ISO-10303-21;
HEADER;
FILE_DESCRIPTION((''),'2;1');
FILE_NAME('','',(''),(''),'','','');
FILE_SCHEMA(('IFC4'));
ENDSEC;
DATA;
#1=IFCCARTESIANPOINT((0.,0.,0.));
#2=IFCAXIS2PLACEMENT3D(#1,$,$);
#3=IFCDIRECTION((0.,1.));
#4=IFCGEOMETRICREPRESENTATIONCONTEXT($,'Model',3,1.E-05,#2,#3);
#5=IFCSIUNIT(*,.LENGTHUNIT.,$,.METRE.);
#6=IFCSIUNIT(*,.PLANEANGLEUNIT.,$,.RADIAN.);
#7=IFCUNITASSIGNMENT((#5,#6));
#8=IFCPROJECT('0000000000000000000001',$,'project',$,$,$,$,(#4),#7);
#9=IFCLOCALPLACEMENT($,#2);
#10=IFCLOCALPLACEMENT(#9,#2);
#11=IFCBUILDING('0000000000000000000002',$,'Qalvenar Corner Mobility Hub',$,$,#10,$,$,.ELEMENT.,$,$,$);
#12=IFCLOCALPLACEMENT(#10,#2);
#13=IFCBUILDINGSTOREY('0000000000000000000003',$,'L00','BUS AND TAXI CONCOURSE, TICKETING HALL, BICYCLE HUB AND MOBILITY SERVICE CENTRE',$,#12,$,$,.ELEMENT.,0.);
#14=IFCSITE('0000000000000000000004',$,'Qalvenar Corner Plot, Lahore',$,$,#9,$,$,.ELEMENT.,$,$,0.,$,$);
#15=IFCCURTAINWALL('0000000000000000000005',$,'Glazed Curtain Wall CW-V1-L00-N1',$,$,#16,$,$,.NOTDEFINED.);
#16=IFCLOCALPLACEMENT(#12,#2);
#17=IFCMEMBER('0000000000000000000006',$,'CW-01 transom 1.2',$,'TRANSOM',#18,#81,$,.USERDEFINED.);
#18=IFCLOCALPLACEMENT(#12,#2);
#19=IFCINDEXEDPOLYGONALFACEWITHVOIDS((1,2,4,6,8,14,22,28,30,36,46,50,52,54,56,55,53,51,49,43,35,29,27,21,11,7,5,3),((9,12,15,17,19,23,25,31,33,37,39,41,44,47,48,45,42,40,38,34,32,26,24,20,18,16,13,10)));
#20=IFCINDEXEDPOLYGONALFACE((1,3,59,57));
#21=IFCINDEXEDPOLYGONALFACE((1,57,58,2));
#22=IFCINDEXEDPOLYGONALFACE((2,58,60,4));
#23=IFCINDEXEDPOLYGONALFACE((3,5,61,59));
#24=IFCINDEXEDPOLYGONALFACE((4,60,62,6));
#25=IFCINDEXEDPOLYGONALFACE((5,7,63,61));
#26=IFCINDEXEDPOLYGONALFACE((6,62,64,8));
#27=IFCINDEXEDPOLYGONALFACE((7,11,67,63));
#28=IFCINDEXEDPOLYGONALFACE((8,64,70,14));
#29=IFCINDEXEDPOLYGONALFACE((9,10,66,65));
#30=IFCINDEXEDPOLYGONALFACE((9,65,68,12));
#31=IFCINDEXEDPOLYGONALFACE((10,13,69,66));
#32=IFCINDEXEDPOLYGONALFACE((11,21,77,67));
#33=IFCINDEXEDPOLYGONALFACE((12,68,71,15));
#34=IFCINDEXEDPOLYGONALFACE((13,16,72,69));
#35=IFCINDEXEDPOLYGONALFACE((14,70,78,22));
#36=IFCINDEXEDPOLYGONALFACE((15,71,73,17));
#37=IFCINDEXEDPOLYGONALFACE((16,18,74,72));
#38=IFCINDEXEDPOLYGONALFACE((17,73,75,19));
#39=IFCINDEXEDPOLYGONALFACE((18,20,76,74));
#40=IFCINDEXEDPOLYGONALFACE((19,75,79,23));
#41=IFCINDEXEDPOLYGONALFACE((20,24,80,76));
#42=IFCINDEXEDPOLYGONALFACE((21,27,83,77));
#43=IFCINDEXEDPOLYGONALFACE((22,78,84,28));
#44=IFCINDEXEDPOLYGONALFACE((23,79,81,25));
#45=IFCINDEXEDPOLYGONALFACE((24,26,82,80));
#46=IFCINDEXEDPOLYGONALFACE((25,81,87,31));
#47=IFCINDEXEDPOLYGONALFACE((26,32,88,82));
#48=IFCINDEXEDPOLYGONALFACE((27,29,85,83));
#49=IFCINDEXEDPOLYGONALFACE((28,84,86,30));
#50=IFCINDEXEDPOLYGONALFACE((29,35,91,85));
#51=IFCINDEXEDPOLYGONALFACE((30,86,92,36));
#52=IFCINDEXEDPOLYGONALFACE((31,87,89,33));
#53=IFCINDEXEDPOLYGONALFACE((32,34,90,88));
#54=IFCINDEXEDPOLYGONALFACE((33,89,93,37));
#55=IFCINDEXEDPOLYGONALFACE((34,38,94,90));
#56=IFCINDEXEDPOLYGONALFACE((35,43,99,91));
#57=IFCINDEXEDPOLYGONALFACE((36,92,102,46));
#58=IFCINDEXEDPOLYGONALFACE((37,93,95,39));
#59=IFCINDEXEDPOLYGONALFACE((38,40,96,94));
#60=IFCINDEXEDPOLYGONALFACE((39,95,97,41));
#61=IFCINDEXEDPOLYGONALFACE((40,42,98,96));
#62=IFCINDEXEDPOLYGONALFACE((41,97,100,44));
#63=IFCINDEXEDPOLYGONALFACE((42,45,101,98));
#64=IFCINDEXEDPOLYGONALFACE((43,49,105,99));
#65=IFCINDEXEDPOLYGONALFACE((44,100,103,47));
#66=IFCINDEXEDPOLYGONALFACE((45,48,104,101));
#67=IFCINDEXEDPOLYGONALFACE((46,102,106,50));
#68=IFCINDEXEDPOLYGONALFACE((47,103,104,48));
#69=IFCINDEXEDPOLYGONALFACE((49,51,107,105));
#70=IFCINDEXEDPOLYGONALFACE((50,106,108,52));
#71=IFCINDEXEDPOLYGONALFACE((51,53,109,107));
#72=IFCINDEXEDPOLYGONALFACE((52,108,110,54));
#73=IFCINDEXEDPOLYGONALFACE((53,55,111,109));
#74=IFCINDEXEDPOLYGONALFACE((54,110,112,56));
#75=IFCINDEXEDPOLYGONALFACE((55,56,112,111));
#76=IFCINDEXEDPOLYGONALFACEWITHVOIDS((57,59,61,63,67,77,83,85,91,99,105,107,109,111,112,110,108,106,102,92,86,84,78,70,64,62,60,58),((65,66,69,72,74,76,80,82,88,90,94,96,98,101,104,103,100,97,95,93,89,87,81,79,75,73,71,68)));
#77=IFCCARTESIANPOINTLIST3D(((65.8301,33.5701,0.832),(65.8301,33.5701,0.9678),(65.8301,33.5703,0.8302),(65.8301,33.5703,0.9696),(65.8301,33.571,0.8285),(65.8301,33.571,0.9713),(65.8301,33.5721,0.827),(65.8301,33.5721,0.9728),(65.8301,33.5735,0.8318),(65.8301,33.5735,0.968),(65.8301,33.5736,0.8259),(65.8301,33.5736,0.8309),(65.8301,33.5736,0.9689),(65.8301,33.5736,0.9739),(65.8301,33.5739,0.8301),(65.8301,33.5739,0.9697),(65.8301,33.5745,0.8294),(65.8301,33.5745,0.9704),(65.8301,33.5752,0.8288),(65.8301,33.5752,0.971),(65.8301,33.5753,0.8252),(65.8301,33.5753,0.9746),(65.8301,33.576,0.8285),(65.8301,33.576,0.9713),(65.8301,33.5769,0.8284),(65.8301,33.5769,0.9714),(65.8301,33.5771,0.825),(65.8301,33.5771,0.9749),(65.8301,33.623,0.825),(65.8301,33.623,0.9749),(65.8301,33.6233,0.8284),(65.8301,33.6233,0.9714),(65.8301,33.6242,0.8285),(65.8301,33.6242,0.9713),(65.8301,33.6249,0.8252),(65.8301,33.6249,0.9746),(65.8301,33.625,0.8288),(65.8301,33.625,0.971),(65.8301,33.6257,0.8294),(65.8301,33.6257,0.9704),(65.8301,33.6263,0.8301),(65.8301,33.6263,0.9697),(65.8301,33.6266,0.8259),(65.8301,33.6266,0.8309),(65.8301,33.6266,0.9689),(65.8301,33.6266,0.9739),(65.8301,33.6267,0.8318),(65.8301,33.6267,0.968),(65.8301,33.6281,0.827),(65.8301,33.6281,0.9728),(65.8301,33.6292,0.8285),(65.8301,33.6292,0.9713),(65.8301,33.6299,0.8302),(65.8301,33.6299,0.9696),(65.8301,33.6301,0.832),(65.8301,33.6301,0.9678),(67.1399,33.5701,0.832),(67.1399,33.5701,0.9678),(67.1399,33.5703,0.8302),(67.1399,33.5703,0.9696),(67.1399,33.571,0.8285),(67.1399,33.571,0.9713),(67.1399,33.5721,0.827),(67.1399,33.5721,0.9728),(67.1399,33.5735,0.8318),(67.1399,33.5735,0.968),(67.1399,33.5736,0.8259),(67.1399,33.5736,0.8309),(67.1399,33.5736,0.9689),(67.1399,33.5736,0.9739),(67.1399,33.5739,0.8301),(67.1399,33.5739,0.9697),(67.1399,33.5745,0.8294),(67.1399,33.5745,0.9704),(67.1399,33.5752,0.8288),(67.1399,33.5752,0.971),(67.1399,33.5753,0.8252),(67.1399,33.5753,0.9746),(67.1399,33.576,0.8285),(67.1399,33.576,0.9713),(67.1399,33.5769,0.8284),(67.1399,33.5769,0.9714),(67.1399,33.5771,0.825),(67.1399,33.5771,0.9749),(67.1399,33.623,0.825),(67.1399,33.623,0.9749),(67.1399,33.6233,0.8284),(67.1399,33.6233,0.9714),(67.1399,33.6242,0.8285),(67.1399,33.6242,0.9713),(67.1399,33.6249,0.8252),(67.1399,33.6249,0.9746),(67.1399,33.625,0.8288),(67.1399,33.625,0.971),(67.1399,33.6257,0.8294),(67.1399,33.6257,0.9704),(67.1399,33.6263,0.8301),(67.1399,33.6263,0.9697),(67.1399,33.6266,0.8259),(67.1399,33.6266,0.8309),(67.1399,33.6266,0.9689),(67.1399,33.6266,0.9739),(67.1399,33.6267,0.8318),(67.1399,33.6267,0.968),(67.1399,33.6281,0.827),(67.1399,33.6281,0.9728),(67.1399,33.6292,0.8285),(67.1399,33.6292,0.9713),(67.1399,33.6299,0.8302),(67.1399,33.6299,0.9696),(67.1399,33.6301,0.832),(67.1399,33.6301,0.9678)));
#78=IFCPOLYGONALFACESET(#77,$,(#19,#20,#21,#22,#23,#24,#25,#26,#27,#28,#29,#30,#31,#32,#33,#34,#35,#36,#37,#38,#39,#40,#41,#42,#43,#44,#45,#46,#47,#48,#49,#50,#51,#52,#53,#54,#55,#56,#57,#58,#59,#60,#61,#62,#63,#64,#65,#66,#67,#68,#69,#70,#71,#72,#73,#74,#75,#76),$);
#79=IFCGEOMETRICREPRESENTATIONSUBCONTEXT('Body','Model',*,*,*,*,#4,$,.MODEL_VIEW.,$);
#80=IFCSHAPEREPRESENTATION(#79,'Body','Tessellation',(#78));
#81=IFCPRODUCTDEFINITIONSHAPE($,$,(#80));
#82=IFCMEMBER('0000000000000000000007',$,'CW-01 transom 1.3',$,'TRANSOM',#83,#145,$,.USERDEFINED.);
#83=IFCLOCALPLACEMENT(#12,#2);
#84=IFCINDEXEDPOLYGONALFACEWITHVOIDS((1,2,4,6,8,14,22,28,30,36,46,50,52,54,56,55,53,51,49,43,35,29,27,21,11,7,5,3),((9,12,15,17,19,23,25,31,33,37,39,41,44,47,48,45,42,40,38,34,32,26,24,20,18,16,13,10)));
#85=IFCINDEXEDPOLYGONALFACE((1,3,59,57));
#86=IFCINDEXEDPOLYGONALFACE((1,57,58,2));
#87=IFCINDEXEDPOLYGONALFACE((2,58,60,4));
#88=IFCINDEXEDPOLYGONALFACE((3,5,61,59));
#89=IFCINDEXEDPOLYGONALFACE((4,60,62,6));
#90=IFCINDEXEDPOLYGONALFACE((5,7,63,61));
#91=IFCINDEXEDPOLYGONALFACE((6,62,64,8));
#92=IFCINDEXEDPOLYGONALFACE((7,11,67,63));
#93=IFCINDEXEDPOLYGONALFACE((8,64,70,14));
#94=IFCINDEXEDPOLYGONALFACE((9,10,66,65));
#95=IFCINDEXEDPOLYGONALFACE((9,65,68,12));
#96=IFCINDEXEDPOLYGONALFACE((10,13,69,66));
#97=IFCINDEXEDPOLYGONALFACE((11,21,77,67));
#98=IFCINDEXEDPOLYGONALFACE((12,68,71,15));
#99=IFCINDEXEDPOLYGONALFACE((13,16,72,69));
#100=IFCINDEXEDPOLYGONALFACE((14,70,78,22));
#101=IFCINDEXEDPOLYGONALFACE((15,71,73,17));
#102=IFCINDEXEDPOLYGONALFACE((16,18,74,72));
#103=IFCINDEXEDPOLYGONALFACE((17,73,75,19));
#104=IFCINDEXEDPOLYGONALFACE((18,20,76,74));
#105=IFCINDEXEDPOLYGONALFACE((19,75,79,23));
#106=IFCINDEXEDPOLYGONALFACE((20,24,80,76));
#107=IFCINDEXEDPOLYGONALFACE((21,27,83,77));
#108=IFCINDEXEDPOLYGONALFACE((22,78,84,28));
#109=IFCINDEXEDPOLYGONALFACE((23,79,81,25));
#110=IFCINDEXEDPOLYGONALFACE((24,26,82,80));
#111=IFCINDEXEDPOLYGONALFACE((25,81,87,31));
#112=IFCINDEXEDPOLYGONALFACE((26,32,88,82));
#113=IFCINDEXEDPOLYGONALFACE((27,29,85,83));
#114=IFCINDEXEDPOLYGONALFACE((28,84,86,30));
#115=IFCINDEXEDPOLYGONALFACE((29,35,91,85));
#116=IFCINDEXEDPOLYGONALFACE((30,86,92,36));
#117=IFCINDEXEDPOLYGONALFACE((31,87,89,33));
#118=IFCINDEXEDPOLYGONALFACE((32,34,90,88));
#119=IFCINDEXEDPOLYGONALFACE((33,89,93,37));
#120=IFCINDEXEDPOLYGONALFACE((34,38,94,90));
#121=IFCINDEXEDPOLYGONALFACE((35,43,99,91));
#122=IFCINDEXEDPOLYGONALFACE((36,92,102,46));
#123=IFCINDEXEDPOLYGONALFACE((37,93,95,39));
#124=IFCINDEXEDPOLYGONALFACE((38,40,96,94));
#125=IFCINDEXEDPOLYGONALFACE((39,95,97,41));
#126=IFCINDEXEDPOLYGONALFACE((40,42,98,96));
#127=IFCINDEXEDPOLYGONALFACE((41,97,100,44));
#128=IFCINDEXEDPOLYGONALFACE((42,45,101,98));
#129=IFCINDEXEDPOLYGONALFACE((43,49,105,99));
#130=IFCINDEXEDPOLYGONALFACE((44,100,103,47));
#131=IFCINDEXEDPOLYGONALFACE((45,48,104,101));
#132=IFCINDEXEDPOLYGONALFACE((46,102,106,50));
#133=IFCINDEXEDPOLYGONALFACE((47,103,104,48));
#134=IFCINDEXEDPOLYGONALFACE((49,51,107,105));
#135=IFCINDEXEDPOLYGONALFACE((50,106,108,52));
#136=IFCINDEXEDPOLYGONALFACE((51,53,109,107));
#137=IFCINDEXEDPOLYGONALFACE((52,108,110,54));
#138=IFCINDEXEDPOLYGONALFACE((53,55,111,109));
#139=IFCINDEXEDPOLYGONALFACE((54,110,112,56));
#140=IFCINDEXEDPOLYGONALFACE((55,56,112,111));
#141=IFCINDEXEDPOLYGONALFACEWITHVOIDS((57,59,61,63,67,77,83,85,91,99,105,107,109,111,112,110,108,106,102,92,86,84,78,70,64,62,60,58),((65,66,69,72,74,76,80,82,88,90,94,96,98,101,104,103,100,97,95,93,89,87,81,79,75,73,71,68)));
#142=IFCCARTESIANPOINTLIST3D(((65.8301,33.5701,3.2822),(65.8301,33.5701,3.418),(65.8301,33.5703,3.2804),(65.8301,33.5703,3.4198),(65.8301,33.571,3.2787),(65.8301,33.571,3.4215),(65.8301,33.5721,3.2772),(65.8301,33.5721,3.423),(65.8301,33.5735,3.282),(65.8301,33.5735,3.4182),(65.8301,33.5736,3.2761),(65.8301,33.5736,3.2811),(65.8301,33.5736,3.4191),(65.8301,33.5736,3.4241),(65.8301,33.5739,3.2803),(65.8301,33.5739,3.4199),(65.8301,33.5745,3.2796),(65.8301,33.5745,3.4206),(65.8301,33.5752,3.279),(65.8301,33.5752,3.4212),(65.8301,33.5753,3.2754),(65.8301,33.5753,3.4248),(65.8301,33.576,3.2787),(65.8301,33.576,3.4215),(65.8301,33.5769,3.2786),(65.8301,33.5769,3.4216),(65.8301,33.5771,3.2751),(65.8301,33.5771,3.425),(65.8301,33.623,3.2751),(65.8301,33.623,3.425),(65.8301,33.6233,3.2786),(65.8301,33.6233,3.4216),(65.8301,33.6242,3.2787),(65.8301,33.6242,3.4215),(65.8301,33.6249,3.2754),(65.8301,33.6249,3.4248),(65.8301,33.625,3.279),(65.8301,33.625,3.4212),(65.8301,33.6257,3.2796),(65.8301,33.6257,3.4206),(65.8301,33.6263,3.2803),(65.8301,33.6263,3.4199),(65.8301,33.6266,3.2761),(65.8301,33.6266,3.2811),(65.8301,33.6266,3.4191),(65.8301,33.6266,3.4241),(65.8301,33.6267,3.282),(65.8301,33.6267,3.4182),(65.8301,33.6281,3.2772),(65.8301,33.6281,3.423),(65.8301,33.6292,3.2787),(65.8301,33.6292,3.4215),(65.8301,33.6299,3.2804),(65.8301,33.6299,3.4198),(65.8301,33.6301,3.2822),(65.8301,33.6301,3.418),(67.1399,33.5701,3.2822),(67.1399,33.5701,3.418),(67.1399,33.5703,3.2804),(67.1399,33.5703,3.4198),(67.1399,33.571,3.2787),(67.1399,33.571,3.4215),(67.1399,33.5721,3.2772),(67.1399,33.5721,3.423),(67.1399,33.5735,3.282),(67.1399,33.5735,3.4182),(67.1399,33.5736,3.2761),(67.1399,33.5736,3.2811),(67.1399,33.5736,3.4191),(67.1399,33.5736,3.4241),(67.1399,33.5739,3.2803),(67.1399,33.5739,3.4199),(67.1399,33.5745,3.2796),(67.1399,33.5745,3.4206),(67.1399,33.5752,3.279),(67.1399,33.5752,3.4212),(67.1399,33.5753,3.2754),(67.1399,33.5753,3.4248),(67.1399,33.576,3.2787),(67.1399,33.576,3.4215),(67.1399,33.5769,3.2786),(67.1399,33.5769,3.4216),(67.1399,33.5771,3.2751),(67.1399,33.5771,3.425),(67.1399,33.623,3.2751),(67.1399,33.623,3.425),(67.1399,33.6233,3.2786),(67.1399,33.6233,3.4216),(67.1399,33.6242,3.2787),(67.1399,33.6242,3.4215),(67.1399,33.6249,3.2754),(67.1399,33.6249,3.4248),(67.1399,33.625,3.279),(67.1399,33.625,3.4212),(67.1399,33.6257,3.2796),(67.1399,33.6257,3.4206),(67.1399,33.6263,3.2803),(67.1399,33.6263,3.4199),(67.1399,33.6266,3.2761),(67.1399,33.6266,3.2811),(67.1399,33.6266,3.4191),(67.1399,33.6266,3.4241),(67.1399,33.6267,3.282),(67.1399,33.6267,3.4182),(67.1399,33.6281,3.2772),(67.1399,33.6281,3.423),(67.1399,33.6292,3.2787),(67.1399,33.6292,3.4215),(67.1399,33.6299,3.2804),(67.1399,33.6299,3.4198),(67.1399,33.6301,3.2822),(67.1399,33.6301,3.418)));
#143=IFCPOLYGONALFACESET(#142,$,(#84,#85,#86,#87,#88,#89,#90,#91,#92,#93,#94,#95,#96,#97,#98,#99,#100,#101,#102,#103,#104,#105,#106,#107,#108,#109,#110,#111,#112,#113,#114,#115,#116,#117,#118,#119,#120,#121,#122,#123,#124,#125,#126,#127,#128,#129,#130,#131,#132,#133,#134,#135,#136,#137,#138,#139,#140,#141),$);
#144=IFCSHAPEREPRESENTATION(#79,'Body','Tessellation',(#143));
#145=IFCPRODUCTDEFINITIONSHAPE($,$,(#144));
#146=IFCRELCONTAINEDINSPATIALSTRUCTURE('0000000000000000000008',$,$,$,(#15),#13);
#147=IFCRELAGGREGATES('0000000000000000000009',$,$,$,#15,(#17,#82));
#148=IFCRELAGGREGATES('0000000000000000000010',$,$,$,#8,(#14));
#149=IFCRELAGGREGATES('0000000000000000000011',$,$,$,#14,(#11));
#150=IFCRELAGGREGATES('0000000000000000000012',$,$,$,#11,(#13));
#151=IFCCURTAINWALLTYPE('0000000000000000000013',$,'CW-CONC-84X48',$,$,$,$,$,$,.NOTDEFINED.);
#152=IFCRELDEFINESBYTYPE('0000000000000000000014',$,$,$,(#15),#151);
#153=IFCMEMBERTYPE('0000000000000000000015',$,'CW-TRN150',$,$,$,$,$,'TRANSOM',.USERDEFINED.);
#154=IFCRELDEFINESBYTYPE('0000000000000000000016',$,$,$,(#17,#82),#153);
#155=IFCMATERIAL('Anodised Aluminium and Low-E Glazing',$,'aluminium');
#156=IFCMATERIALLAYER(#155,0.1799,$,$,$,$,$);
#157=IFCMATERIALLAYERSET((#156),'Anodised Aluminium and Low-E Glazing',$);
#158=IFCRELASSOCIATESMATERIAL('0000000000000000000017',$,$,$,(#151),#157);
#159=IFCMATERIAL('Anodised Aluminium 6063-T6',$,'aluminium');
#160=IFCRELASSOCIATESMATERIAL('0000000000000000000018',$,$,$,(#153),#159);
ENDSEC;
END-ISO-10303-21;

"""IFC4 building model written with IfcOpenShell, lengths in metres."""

from ifc_helpers import new_model, si_unit, direction, frame, origin, origin_2d, place, context, subcontext, project, spatial, hollow_rectangle, extrude, material, layer, layer_set, material_profile, profile_set, type_object, element, aggregate, save


model = new_model("IFC4")

# Units and contexts
model_context = context("Model", 3, precision=1e-05, world=origin(), true_north=direction((0.0, 1.0)))
body_context = subcontext(model_context, "Body", "Model", "MODEL_VIEW")
ifc_project = project(units=[si_unit("LENGTHUNIT", "METRE"), si_unit("PLANEANGLEUNIT", "RADIAN")], contexts=[model_context])

# Site, building, storey
site_placement = place(None, origin())
site = spatial("IfcSite", under=ifc_project, at=site_placement, Name="Qalvenar Corner Plot, Lahore", CompositionType="ELEMENT", RefElevation=0.0)
building_placement = place(site_placement, origin())
building = spatial("IfcBuilding", under=site, at=building_placement, Name="Qalvenar Corner Mobility Hub", CompositionType="ELEMENT")
storey_placement = place(building_placement, origin())
storey = spatial("IfcBuildingStorey", under=building, at=storey_placement, Name="L00", Description="BUS AND TAXI CONCOURSE, TICKETING HALL, BICYCLE HUB AND MOBILITY SERVICE CENTRE", CompositionType="ELEMENT", Elevation=0.0)

# Curtain wall, members
ifc_material_1 = material(Name="Anodised Aluminium and Low-E Glazing", Category="aluminium")
ifc_layer_1 = layer(ifc_material_1, 0.1799)
ifc_layer_set_1 = layer_set([ifc_layer_1], Name="Anodised Aluminium and Low-E Glazing")
curtain_wall_type = type_object("IfcCurtainWallType", Name="CW-CONC-84X48", PredefinedType="NOTDEFINED", material=ifc_layer_set_1)
curtain_wall_placement = place(storey_placement, origin())
curtain_wall = element("IfcCurtainWall", 1, at=curtain_wall_placement, inside=storey, type_object=curtain_wall_type, Name="Glazed Curtain Wall CW-V1-L00-N1", PredefinedType="NOTDEFINED")
ifc_material_2 = material(Name="Anodised Aluminium 6063-T6", Category="aluminium")
ifc_material_profile_1 = material_profile(ifc_material_2, hollow_rectangle(XDim=0.0601, YDim=0.1499, WallThickness=0.0034, InnerFilletRadius=0.0034, OuterFilletRadius=0.0071, at=origin_2d()), Name="RHS150x60x3.5")
ifc_profile_set_1 = profile_set([ifc_material_profile_1], Name="Anodised Aluminium 6063-T6")
member_type_1 = type_object("IfcMemberType", Name="CW-TRN150", ElementType="TRANSOM", PredefinedType="USERDEFINED", material=ifc_profile_set_1)
member_1_placement = place(storey_placement, frame((67.1399, 33.6001, 0.8999), z_axis=(-1.0, 0.0, 0.0), x_axis=(0.0, -1.0, 0.0)))
member_1 = element("IfcMember", 2, at=member_1_placement, type_object=member_type_1, Name="CW-01 transom 1.2", ObjectType="TRANSOM", PredefinedType="USERDEFINED", context=body_context, shape_type="SweptSolid", body=[
    extrude(hollow_rectangle(XDim=0.0601, YDim=0.1499, WallThickness=0.0034, InnerFilletRadius=0.0034, OuterFilletRadius=0.0071, at=origin_2d()), origin(), (0.0, 0.0, 1.0), 1.3098),
])
member_2_placement = place(storey_placement, frame((67.1399, 33.6001, 3.3501), z_axis=(-1.0, 0.0, 0.0), x_axis=(0.0, -1.0, 0.0)))
member_2 = element("IfcMember", 3, at=member_2_placement, type_object=member_type_1, Name="CW-01 transom 1.3", ObjectType="TRANSOM", PredefinedType="USERDEFINED", context=body_context, shape_type="SweptSolid", body=[
    extrude(hollow_rectangle(XDim=0.0601, YDim=0.1499, WallThickness=0.0034, InnerFilletRadius=0.0034, OuterFilletRadius=0.0071, at=origin_2d()), origin(), (0.0, 0.0, 1.0), 1.3098),
])
aggregate(curtain_wall, [member_1, member_2])

save(model, "model.ifc")
